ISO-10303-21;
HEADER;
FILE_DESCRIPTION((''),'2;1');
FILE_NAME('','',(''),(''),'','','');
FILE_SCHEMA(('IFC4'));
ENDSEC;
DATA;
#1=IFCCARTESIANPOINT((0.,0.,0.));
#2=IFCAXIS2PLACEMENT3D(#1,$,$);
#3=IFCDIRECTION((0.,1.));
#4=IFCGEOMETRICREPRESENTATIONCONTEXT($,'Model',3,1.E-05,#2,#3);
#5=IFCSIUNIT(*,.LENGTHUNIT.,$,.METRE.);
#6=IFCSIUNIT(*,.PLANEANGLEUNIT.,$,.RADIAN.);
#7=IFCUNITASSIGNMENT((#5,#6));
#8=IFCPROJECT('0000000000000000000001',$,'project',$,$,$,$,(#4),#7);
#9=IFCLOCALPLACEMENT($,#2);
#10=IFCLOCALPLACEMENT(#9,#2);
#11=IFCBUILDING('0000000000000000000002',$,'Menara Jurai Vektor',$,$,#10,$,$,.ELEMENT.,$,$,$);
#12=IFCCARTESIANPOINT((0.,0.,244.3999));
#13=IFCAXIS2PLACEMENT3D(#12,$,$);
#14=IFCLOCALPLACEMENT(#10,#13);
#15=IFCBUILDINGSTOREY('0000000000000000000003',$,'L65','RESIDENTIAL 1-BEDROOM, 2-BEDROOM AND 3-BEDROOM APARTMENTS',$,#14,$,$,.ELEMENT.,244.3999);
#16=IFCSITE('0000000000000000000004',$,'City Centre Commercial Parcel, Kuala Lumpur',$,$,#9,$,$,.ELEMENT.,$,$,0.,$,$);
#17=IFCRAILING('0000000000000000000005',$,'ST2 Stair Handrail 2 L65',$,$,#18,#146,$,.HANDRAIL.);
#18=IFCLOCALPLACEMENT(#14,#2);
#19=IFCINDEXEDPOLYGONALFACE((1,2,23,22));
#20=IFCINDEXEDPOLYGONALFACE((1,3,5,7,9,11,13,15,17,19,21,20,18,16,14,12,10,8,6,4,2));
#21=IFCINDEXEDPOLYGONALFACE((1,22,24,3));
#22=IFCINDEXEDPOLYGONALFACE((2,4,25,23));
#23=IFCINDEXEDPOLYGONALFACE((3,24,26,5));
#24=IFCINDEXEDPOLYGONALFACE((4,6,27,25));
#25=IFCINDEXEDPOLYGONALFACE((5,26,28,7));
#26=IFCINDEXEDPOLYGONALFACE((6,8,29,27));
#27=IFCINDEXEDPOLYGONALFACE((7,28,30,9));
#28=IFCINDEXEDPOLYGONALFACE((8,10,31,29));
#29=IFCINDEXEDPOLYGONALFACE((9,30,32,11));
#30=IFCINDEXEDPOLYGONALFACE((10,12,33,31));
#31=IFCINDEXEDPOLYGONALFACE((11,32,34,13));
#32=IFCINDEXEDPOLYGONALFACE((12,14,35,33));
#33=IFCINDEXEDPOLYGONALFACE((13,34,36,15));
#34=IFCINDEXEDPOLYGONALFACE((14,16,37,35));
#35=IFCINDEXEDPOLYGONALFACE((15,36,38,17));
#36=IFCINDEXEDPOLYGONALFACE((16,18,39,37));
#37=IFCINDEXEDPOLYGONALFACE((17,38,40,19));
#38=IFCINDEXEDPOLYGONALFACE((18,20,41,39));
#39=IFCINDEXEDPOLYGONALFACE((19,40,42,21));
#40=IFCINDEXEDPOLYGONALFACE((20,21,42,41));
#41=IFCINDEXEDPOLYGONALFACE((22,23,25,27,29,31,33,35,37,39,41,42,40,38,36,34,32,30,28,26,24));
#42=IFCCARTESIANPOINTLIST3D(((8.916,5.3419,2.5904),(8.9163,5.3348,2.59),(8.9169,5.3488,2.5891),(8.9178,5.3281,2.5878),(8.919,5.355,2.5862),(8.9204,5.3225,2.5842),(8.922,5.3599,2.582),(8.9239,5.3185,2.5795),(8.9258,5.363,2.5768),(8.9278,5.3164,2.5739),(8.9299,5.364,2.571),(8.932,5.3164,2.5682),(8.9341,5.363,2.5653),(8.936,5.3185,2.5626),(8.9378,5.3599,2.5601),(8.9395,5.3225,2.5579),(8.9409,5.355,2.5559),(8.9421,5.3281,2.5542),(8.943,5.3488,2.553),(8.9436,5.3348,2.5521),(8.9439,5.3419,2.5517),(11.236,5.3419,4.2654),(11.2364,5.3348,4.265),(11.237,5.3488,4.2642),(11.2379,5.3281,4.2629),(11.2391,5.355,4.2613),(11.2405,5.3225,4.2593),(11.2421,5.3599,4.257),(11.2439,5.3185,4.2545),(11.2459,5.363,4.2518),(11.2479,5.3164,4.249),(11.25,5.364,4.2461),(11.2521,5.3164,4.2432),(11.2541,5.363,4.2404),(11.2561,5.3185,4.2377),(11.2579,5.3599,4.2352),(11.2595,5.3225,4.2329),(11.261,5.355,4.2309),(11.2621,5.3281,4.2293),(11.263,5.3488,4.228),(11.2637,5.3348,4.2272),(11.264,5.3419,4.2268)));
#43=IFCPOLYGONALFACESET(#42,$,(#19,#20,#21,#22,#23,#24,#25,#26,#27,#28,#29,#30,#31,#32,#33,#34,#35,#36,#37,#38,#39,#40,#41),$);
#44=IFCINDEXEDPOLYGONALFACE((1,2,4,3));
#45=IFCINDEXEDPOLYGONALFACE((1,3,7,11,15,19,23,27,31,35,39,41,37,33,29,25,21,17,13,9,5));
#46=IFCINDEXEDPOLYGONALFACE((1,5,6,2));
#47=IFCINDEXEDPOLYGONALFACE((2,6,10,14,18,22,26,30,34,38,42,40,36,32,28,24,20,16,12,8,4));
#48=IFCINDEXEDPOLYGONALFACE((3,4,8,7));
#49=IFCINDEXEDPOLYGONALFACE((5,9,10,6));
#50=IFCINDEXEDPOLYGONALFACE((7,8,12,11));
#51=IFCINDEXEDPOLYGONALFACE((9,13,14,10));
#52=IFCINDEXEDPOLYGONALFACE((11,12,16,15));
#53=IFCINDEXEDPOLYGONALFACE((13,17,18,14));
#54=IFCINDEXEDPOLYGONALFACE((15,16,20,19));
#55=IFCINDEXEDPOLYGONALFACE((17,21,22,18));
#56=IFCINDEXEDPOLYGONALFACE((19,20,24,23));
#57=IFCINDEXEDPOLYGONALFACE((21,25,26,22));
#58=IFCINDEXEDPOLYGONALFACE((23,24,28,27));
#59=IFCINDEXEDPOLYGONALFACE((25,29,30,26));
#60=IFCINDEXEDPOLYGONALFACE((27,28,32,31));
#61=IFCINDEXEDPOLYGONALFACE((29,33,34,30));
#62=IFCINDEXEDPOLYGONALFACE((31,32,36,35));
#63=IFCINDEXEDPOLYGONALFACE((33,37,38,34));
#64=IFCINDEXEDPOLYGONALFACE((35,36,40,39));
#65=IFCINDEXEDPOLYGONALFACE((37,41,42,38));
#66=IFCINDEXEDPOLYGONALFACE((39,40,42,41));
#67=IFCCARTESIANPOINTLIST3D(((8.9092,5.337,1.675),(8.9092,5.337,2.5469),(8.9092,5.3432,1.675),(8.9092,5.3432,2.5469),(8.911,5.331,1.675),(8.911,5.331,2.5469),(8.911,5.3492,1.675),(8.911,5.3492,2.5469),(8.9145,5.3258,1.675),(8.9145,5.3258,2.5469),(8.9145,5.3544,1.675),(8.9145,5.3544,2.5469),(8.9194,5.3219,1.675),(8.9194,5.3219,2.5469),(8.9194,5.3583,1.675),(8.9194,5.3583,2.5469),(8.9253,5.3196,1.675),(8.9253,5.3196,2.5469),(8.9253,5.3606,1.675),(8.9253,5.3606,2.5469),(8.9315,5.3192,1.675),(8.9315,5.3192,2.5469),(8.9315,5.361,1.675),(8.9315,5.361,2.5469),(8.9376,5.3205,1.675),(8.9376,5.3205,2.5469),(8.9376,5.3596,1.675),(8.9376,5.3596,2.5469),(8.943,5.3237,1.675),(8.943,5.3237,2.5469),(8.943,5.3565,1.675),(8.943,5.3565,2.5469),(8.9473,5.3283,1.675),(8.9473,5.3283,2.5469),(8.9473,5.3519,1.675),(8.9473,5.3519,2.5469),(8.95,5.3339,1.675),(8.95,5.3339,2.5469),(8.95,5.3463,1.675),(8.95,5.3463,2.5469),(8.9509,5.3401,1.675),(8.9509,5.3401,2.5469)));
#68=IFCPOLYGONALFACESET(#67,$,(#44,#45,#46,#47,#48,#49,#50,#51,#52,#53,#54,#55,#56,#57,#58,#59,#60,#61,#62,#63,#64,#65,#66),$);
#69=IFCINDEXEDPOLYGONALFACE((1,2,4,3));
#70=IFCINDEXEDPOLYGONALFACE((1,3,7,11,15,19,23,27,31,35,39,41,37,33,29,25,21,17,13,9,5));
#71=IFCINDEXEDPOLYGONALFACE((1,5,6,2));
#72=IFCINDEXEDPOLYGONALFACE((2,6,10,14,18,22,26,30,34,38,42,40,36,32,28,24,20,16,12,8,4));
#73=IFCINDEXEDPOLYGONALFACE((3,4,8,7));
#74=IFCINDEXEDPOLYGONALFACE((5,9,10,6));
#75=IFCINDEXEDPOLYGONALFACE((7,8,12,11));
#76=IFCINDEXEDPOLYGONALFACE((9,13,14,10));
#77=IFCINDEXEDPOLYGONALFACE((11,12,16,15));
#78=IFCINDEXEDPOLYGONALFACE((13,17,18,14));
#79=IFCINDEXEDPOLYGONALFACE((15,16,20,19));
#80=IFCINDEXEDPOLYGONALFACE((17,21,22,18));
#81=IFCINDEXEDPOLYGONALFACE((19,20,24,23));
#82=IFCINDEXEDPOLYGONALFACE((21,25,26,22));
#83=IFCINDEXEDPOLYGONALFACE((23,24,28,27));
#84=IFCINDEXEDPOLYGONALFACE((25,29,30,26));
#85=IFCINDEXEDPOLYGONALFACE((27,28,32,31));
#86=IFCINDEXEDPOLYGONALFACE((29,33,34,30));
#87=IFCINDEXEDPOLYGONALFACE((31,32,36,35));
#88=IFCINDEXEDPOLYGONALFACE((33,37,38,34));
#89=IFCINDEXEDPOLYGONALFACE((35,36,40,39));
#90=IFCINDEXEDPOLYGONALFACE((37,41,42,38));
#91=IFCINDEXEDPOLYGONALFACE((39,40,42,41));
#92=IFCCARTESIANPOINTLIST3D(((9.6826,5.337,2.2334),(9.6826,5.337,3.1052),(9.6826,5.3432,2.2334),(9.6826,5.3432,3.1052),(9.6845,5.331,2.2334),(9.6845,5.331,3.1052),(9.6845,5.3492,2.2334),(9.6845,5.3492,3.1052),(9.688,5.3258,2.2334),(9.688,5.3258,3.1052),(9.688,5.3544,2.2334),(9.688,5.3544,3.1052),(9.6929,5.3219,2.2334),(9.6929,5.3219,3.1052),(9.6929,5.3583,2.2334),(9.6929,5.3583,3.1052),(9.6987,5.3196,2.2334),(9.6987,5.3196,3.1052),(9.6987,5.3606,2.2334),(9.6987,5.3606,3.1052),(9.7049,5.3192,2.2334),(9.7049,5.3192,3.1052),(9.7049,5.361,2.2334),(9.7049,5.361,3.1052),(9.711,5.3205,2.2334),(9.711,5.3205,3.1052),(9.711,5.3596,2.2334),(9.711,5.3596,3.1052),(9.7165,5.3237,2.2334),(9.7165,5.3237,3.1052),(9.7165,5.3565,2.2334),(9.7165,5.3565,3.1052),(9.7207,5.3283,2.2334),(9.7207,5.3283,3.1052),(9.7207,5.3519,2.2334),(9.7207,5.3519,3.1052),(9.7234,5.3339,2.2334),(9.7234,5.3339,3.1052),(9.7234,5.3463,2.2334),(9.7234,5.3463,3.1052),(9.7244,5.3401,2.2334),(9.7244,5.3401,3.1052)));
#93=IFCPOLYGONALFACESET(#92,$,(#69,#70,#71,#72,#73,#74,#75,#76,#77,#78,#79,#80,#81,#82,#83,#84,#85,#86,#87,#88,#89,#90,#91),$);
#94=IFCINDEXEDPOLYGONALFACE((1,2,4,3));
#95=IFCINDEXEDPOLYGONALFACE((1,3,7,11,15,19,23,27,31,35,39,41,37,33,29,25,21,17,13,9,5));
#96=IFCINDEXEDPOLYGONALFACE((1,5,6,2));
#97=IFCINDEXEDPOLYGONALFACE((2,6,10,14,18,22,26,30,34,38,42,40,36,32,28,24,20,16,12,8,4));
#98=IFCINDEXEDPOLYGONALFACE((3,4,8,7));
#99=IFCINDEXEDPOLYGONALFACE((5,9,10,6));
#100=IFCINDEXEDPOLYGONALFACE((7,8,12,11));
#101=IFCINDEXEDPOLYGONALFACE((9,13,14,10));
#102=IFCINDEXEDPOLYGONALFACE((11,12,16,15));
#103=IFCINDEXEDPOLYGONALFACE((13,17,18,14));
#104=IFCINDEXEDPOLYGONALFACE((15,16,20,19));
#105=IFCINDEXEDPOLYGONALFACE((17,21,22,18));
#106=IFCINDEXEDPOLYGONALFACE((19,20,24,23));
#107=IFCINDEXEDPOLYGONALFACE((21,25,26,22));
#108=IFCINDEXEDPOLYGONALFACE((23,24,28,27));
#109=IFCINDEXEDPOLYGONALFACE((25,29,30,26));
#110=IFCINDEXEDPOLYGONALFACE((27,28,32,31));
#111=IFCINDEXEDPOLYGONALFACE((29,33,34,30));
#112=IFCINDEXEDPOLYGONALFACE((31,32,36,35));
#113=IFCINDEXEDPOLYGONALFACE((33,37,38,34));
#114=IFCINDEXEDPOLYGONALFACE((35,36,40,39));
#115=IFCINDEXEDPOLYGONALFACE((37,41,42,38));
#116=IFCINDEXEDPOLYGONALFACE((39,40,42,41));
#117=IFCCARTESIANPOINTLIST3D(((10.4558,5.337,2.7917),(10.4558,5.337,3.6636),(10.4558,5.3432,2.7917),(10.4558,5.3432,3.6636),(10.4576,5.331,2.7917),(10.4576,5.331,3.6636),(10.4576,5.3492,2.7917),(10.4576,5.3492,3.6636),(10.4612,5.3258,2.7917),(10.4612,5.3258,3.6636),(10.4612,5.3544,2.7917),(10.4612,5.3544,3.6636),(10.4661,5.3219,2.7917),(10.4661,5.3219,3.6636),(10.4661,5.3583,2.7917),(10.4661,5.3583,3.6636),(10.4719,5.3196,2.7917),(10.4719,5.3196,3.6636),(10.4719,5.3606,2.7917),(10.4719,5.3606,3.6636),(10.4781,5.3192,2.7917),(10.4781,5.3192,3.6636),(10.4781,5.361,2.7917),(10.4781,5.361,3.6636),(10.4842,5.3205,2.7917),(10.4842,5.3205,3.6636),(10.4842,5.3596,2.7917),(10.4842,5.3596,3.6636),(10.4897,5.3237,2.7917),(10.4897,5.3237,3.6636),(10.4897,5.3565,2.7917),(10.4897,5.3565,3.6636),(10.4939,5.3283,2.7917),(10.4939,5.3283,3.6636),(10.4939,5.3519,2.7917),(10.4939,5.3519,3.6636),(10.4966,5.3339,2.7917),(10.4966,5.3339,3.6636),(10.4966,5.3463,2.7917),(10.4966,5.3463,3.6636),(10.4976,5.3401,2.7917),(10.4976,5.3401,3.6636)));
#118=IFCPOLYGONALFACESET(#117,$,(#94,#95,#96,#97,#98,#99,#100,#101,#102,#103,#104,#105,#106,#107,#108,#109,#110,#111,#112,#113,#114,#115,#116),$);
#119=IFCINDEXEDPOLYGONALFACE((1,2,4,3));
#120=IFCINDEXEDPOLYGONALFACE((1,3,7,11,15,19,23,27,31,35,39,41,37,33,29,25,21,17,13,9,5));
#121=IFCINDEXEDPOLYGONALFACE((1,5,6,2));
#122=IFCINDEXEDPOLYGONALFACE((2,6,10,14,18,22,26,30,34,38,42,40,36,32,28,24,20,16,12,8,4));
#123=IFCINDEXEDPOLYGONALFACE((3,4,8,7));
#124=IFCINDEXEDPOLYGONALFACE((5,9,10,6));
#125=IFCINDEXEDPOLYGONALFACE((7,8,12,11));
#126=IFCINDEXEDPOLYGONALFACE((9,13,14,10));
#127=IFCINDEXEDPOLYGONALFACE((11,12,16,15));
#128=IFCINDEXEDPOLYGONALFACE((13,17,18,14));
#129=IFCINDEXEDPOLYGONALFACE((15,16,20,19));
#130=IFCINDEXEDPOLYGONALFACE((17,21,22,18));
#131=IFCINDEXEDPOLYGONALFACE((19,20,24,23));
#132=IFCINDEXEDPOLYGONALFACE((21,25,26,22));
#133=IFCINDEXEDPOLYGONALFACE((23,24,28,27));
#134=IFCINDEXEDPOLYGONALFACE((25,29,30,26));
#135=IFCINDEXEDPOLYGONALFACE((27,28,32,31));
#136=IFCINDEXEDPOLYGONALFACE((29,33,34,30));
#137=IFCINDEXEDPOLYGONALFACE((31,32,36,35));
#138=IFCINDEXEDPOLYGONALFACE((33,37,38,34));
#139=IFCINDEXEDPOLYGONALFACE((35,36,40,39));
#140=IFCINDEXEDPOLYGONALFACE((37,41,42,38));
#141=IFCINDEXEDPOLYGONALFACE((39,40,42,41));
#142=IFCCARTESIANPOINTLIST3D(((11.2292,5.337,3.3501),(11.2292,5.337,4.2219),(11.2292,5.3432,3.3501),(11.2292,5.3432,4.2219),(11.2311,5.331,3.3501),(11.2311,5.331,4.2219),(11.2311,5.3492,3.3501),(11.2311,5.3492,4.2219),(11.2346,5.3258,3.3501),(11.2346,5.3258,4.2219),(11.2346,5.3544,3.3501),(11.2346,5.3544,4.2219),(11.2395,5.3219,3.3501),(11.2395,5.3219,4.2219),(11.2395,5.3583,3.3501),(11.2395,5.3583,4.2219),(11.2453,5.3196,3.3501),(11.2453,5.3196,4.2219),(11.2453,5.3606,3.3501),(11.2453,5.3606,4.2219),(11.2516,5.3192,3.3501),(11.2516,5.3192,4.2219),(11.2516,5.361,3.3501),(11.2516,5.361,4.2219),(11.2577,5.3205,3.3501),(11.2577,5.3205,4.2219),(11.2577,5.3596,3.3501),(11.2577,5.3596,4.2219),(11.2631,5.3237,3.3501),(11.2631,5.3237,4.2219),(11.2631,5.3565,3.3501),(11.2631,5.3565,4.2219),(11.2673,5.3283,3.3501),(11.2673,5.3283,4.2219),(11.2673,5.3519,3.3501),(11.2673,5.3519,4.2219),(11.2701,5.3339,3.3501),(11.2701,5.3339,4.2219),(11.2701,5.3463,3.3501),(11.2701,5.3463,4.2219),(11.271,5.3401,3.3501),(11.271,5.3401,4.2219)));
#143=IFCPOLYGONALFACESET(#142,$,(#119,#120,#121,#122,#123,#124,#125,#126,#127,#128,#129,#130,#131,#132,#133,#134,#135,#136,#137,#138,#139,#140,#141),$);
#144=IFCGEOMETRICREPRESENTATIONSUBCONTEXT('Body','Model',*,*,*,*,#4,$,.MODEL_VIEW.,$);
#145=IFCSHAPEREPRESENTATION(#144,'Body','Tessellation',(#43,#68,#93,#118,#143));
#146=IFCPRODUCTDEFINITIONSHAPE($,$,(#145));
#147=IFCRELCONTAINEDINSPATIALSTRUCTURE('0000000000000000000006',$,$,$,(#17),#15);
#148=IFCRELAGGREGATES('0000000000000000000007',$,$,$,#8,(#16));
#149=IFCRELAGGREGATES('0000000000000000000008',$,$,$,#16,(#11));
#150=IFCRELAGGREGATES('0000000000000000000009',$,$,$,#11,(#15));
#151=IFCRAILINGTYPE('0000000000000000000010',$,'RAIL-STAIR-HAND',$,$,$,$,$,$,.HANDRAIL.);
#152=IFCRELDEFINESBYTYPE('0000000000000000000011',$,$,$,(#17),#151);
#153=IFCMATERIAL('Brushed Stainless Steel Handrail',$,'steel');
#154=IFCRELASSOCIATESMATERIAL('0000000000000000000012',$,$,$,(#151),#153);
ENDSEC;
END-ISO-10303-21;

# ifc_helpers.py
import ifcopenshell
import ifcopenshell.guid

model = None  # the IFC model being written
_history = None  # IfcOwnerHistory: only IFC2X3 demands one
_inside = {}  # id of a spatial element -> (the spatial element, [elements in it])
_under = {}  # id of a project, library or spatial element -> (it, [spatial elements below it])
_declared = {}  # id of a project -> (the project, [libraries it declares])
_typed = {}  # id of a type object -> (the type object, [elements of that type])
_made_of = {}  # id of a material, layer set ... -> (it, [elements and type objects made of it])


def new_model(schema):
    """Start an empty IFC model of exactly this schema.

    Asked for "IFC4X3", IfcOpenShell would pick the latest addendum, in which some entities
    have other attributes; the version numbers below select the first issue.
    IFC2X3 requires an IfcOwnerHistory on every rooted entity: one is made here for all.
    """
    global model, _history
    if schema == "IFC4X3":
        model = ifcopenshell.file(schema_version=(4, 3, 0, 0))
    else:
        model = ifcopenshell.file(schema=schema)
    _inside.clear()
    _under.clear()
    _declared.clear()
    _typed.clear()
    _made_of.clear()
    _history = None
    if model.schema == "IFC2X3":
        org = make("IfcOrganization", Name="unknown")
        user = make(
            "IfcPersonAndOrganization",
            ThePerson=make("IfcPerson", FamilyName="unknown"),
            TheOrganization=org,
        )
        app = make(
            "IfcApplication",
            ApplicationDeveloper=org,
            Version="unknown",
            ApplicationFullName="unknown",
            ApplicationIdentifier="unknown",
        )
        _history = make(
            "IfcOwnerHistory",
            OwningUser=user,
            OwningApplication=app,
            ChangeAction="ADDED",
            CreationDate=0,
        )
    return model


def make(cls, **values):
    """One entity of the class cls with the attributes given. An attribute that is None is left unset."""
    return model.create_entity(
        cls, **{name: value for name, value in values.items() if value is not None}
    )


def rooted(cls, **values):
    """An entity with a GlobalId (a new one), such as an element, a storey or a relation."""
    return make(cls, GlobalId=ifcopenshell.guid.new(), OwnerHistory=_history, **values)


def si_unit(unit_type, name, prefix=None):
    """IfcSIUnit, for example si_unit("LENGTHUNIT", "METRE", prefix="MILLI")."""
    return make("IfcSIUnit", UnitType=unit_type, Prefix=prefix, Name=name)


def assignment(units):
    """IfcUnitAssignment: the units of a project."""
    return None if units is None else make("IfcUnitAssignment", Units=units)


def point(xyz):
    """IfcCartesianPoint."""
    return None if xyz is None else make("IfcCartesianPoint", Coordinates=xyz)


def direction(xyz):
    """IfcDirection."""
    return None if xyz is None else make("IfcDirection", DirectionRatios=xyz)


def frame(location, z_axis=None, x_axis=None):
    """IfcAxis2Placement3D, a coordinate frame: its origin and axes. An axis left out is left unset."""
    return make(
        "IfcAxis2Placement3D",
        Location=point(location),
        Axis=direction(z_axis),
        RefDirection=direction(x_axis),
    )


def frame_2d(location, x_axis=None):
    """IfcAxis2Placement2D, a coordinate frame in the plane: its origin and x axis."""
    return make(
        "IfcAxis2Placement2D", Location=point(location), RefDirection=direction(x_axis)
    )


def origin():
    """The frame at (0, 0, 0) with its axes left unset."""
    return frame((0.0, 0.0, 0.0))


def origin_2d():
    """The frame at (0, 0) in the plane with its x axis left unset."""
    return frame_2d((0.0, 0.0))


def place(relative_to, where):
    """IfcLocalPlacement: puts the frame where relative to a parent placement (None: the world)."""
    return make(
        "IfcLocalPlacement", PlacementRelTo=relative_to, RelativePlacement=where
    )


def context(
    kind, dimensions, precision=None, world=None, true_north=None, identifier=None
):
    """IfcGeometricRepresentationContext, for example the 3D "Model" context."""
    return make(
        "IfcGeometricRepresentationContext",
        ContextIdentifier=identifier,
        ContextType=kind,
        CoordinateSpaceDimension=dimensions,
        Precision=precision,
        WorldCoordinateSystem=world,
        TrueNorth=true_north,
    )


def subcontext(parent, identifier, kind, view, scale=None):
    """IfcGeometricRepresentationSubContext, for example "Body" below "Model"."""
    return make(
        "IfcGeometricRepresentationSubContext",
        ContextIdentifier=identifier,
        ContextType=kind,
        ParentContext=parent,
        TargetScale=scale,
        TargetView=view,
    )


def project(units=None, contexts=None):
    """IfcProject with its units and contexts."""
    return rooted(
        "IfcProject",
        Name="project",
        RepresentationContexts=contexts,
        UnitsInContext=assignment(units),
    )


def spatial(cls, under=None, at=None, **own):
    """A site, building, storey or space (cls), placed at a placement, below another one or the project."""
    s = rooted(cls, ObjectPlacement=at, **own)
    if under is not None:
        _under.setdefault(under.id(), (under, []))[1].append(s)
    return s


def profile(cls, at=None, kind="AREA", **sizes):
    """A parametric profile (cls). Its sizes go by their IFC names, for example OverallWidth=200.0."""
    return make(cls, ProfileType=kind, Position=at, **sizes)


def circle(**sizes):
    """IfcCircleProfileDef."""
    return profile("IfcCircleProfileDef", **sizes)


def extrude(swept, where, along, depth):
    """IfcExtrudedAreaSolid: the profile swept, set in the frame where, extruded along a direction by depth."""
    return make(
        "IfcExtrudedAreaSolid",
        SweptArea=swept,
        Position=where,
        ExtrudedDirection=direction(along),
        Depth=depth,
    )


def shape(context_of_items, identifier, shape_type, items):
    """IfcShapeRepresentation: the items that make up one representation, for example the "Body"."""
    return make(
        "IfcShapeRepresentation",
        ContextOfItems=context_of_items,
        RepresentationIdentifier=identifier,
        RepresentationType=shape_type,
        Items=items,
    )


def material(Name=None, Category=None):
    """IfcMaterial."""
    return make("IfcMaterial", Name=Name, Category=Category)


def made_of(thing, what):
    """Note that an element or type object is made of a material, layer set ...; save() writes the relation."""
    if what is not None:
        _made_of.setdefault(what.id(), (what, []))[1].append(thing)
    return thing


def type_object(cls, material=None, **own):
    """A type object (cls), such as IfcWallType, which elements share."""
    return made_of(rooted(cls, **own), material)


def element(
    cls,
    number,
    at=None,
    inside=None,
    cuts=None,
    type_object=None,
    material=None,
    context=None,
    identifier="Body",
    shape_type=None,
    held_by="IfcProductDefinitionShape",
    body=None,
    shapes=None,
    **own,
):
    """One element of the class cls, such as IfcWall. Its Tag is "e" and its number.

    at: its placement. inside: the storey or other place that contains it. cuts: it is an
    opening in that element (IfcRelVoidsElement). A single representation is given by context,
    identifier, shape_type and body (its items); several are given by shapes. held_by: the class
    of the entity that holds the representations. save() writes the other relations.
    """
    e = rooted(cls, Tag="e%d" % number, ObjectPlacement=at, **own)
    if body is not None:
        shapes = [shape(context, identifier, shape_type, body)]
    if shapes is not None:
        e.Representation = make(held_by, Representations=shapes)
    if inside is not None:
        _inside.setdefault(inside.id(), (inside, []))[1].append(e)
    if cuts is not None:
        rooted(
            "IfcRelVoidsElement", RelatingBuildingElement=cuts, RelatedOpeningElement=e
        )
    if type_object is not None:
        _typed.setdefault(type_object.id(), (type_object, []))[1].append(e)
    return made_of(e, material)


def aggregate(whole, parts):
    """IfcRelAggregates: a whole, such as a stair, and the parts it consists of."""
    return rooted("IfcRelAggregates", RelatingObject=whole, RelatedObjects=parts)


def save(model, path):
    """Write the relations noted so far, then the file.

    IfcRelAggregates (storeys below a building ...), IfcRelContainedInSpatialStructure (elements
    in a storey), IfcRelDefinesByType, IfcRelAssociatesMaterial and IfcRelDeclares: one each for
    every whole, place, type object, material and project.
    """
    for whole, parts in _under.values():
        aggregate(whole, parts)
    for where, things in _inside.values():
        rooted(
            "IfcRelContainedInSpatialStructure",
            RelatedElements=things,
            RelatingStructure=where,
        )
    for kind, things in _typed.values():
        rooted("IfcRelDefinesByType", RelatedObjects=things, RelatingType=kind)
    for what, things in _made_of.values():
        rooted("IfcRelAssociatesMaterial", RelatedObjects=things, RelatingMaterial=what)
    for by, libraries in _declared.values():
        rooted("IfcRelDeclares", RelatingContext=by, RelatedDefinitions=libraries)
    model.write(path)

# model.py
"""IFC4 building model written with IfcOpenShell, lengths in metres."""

from ifc_helpers import new_model, si_unit, direction, frame, origin, origin_2d, place, context, subcontext, project, spatial, circle, extrude, material, type_object, element, save


model = new_model("IFC4")

# Units and contexts
model_context = context("Model", 3, precision=1e-05, world=origin(), true_north=direction((0.0, 1.0)))
body_context = subcontext(model_context, "Body", "Model", "MODEL_VIEW")
ifc_project = project(units=[si_unit("LENGTHUNIT", "METRE"), si_unit("PLANEANGLEUNIT", "RADIAN")], contexts=[model_context])

# Site, building, storey
site_placement = place(None, origin())
site = spatial("IfcSite", under=ifc_project, at=site_placement, Name="City Centre Commercial Parcel, Kuala Lumpur", CompositionType="ELEMENT", RefElevation=0.0)
building_placement = place(site_placement, origin())
building = spatial("IfcBuilding", under=site, at=building_placement, Name="Menara Jurai Vektor", CompositionType="ELEMENT")
storey_placement = place(building_placement, frame((0.0, 0.0, 244.3999)))
storey = spatial("IfcBuildingStorey", under=building, at=storey_placement, Name="L65", Description="RESIDENTIAL 1-BEDROOM, 2-BEDROOM AND 3-BEDROOM APARTMENTS", CompositionType="ELEMENT", Elevation=244.3999)

# Railing
ifc_material_1 = material(Name="Brushed Stainless Steel Handrail", Category="steel")
railing_type_1 = type_object("IfcRailingType", Name="RAIL-STAIR-HAND", PredefinedType="HANDRAIL", material=ifc_material_1)
railing_1_placement = place(storey_placement, frame((8.9299, 5.3401, 1.675)))
element("IfcRailing", 1, at=railing_1_placement, inside=storey, type_object=railing_type_1, Name="ST2 Stair Handrail 2 L65", PredefinedType="HANDRAIL", context=body_context, shape_type="SweptSolid", body=[
    extrude(circle(Radius=0.0239, at=origin_2d()), frame((0.0, 0.0, 0.896), z_axis=(0.810771, 0.0, 0.585363), x_axis=(0.0, 1.0, 0.0)), (0.0, 0.0, 1.0), 2.8616),
    extrude(circle(Radius=0.021, at=origin_2d()), origin(), (0.0, 0.0, 1.0), 0.8718),
    extrude(circle(Radius=0.021, at=origin_2d()), frame((0.7734, 0.0, 0.5583)), (0.0, 0.0, 1.0), 0.8718),
    extrude(circle(Radius=0.021, at=origin_2d()), frame((1.5466, 0.0, 1.1167)), (0.0, 0.0, 1.0), 0.8718),
    extrude(circle(Radius=0.021, at=origin_2d()), frame((2.3201, 0.0, 1.675)), (0.0, 0.0, 1.0), 0.8718),
])

save(model, "model.ifc")
